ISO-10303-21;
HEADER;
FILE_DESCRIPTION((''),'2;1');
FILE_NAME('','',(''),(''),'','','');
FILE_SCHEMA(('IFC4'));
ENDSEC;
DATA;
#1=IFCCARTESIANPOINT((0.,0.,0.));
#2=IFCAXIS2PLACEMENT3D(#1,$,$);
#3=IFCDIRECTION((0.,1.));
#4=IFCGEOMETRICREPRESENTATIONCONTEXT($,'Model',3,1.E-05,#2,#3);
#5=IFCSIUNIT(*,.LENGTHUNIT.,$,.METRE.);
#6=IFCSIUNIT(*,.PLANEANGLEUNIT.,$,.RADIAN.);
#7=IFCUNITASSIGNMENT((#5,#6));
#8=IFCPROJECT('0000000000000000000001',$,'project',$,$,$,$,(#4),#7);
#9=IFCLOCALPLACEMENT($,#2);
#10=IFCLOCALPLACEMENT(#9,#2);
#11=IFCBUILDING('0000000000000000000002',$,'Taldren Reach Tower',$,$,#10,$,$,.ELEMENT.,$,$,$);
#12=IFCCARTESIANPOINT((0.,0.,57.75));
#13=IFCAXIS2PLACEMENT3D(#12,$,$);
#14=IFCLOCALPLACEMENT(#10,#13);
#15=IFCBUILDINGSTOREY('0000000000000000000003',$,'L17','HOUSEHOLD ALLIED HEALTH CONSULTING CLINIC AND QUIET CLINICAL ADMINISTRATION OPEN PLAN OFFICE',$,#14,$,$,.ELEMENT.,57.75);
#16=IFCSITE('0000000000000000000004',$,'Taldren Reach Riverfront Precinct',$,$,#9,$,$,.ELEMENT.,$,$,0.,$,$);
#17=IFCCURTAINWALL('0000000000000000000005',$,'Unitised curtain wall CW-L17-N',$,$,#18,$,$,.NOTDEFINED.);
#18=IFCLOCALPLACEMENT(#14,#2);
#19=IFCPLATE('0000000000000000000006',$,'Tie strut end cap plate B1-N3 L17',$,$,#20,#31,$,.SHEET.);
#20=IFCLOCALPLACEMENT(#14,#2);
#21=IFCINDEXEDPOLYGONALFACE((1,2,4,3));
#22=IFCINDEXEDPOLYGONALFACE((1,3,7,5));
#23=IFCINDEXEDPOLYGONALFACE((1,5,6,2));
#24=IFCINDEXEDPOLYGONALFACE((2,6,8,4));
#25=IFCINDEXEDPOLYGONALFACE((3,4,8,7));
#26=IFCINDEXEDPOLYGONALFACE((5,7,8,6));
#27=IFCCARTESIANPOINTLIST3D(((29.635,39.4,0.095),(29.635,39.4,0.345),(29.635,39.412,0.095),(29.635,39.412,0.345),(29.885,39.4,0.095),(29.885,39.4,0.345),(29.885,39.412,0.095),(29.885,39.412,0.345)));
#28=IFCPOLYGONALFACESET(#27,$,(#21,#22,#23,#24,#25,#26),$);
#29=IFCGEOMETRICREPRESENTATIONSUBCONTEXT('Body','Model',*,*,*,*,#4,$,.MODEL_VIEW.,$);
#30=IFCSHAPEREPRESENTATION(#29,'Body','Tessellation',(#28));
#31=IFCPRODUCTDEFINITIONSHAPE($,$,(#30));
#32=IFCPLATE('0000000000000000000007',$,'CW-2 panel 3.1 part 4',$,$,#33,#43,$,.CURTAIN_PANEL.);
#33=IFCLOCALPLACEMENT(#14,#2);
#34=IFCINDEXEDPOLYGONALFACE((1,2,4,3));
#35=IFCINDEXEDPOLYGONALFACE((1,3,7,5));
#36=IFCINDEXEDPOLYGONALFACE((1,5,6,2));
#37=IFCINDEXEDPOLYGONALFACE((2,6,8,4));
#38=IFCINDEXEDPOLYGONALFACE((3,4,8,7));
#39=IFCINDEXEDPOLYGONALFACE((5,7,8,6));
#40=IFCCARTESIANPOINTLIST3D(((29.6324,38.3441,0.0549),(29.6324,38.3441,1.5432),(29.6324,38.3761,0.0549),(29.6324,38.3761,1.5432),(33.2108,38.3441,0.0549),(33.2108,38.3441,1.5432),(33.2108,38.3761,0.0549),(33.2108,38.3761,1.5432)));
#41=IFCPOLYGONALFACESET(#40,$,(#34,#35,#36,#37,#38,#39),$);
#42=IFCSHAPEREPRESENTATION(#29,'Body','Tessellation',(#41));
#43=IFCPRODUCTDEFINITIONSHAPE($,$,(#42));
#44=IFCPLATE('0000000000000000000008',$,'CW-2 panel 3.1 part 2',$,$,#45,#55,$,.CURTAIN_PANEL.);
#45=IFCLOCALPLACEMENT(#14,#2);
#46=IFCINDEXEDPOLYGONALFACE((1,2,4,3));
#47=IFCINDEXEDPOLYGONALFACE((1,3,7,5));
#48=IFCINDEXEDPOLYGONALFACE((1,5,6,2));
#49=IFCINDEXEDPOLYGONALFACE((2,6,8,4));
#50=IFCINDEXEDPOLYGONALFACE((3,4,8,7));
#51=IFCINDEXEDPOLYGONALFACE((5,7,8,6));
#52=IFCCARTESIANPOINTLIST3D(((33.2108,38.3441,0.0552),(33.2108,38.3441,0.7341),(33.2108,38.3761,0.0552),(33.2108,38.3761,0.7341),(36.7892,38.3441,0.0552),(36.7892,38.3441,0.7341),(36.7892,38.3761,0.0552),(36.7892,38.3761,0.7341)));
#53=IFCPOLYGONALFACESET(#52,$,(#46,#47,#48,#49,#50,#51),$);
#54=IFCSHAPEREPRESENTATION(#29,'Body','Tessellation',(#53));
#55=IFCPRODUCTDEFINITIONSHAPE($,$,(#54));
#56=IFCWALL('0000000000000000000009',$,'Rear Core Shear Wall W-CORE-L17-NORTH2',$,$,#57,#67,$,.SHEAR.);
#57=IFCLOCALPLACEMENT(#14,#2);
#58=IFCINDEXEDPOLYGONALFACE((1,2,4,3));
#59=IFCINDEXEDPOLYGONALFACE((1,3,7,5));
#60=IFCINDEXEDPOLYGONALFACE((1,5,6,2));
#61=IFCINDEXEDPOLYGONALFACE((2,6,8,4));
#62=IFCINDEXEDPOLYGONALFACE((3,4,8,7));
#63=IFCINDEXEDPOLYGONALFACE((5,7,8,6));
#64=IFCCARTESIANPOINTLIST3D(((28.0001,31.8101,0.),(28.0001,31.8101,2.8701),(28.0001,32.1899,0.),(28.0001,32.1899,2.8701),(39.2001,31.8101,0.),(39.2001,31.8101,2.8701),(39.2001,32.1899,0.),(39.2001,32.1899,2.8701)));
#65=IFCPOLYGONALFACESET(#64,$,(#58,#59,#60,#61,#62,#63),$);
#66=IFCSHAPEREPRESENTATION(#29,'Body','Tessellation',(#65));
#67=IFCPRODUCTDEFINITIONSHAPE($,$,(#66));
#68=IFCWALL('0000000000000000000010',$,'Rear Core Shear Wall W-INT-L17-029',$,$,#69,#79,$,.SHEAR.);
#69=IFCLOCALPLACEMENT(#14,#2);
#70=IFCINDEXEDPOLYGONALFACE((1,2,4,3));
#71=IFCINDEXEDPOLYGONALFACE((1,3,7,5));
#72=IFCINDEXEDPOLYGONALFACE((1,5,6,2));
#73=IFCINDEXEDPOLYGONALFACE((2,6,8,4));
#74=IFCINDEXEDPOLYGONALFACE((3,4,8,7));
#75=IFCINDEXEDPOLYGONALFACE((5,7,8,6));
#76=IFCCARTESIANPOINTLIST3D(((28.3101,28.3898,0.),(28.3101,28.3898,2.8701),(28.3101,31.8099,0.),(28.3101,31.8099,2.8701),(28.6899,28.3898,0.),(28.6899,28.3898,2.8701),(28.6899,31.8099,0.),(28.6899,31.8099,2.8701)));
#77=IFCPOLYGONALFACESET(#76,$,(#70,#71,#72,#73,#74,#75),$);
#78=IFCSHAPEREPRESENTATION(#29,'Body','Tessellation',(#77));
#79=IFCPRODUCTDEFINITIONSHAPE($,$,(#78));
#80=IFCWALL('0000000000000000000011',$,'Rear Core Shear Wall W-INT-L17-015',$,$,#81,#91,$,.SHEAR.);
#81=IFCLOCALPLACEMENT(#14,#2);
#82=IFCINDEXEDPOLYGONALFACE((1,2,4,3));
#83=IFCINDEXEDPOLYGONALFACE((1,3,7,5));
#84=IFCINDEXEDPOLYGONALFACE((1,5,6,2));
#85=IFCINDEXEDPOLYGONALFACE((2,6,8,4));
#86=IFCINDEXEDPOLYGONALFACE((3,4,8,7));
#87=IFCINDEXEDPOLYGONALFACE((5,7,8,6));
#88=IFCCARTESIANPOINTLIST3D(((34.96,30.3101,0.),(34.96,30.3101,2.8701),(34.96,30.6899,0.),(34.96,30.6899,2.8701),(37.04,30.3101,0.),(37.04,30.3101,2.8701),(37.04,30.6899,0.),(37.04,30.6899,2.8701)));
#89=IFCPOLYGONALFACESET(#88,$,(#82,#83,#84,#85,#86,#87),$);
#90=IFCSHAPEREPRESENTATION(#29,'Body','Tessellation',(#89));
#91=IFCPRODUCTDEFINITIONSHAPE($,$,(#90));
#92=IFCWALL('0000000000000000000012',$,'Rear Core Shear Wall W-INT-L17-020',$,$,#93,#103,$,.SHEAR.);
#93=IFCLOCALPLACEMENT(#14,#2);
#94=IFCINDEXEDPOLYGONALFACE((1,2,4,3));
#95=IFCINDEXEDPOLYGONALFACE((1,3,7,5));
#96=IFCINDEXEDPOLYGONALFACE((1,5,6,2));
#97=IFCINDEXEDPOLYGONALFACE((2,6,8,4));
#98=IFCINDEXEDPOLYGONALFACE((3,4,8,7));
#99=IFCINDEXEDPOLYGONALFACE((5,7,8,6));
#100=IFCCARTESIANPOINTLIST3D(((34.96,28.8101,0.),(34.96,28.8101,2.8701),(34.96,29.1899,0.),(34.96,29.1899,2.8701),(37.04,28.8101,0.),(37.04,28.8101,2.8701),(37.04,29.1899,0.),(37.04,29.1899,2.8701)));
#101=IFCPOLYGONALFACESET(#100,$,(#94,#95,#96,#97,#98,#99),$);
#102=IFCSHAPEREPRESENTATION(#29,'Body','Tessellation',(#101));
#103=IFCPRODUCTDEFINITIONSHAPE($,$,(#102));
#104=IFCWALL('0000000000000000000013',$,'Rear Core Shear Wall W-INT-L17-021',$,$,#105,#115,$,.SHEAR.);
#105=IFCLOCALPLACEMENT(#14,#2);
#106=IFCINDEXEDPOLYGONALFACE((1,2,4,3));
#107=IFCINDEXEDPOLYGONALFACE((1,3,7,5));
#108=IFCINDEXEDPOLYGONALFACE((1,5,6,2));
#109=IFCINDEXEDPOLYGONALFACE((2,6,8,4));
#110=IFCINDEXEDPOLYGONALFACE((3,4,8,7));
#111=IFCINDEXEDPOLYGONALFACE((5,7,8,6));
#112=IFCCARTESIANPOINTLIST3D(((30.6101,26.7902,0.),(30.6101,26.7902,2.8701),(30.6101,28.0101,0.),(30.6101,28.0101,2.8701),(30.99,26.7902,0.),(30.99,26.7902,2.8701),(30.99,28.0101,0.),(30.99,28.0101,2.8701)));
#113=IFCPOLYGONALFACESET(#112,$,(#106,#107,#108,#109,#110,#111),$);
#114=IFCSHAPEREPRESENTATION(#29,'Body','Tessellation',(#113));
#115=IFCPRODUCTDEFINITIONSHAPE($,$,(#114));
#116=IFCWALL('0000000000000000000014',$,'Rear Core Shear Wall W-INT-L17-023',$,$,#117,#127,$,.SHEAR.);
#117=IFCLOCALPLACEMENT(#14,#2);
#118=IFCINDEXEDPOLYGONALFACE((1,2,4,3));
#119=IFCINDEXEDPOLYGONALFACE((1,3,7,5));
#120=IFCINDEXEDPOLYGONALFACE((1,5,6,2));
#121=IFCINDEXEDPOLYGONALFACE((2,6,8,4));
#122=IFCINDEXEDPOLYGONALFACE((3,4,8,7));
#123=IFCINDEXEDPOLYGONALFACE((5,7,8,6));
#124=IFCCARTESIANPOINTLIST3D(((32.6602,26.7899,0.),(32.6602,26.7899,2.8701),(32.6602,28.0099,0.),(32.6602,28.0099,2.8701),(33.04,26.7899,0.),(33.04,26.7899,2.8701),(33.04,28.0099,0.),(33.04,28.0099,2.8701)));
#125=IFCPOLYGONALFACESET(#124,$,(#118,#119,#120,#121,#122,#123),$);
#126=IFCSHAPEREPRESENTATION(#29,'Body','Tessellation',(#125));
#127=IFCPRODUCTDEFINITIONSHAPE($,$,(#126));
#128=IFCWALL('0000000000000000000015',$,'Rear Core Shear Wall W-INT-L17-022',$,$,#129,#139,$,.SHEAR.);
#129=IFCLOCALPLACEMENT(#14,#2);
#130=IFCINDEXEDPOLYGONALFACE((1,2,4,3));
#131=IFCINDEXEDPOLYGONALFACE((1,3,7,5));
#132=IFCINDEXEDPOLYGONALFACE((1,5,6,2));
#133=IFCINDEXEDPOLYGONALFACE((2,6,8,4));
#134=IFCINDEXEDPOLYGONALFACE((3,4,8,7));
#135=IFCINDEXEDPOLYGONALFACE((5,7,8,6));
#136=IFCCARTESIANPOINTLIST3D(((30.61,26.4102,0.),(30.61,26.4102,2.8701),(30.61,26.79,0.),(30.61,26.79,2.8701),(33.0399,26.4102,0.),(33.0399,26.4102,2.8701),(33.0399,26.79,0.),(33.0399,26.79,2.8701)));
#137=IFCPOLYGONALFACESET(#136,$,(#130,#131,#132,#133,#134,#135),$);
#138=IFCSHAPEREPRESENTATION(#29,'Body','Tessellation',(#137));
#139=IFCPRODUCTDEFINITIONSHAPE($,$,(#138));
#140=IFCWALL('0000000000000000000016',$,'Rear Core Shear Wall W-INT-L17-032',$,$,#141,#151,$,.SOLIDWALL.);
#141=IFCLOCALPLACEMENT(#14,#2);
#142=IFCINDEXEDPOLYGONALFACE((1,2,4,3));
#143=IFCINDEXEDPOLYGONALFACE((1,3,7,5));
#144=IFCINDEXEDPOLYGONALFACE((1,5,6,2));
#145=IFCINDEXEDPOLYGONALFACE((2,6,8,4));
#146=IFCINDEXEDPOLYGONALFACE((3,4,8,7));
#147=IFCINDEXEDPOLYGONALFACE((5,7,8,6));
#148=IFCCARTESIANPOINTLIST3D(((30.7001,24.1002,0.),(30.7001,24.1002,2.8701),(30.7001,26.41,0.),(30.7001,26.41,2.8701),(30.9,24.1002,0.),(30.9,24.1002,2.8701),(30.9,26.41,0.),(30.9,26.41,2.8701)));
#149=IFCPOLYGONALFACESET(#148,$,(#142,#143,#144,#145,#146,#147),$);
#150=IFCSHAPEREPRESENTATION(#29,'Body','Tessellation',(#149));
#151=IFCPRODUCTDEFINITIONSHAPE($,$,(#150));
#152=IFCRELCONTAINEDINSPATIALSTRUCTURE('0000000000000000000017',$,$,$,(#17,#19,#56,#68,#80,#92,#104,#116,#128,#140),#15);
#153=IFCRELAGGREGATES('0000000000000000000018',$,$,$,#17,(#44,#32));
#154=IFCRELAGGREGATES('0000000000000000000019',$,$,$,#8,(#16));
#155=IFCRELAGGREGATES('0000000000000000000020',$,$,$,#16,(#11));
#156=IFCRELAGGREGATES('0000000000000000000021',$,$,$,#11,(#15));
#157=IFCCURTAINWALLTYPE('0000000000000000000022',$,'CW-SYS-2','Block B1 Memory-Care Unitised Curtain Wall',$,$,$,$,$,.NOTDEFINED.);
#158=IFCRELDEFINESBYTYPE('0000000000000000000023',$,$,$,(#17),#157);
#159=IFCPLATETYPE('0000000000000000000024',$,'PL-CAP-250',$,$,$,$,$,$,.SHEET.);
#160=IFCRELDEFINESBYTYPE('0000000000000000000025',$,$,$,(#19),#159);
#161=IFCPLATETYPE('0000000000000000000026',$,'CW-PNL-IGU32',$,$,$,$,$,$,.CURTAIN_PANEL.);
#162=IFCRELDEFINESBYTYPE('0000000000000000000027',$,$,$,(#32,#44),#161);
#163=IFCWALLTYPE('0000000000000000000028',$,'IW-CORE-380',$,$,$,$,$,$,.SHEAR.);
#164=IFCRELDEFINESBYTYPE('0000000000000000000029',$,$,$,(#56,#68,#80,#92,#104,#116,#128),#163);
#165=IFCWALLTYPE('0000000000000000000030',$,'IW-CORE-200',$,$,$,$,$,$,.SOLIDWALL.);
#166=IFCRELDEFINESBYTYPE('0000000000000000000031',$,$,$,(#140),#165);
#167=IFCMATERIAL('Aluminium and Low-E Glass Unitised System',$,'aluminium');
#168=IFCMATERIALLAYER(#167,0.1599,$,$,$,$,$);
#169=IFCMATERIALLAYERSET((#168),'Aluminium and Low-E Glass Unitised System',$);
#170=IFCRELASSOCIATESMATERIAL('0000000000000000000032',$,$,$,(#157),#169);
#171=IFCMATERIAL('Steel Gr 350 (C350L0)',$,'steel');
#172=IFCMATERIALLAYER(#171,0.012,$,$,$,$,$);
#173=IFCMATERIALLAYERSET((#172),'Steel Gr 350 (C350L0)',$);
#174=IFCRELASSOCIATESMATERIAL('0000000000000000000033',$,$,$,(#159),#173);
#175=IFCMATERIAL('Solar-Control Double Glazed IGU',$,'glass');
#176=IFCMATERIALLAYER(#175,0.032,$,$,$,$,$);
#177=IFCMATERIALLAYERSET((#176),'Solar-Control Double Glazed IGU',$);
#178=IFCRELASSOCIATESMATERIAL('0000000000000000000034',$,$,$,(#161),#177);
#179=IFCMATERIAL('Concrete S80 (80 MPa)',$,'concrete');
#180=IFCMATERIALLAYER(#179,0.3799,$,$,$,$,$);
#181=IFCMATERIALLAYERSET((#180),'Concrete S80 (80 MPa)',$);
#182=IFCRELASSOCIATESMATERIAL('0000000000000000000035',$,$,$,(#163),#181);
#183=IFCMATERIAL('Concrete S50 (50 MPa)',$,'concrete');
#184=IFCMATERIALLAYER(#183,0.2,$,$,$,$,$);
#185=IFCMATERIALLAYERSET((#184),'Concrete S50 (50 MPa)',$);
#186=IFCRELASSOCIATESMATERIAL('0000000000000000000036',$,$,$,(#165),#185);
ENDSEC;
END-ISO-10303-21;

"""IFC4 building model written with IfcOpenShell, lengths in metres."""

from ifc_helpers import new_model, si_unit, direction, frame, frame_2d, origin, origin_2d, place, context, subcontext, project, spatial, rectangle, extrude, source, transform, mapped, material, layer, layer_set, type_object, element, aggregate, save


model = new_model("IFC4")

# Units and contexts
model_context = context("Model", 3, precision=1e-05, world=origin(), true_north=direction((0.0, 1.0)))
body_context = subcontext(model_context, "Body", "Model", "MODEL_VIEW")
ifc_project = project(units=[si_unit("LENGTHUNIT", "METRE"), si_unit("PLANEANGLEUNIT", "RADIAN")], contexts=[model_context])

# Site, building, storey
site_placement = place(None, origin())
site = spatial("IfcSite", under=ifc_project, at=site_placement, Name="Taldren Reach Riverfront Precinct", CompositionType="ELEMENT", RefElevation=0.0)
building_placement = place(site_placement, origin())
building = spatial("IfcBuilding", under=site, at=building_placement, Name="Taldren Reach Tower", CompositionType="ELEMENT")
storey_placement = place(building_placement, frame((0.0, 0.0, 57.75)))
storey = spatial("IfcBuildingStorey", under=building, at=storey_placement, Name="L17", Description="HOUSEHOLD ALLIED HEALTH CONSULTING CLINIC AND QUIET CLINICAL ADMINISTRATION OPEN PLAN OFFICE", CompositionType="ELEMENT", Elevation=57.75)

# Shared definitions
ifc_material_1 = material(Name="Steel Gr 350 (C350L0)", Category="steel")

# Curtain wall
ifc_material_2 = material(Name="Aluminium and Low-E Glass Unitised System", Category="aluminium")
ifc_layer_1 = layer(ifc_material_2, 0.1599)
ifc_layer_set_1 = layer_set([ifc_layer_1], Name="Aluminium and Low-E Glass Unitised System")
curtain_wall_type = type_object("IfcCurtainWallType", Name="CW-SYS-2", Description="Block B1 Memory-Care Unitised Curtain Wall", PredefinedType="NOTDEFINED", material=ifc_layer_set_1)
curtain_wall_placement = place(storey_placement, origin())
curtain_wall = element("IfcCurtainWall", 1, at=curtain_wall_placement, inside=storey, type_object=curtain_wall_type, Name="Unitised curtain wall CW-L17-N", PredefinedType="NOTDEFINED")

# Plates
ifc_layer_2 = layer(ifc_material_1, 0.012)
ifc_layer_set_2 = layer_set([ifc_layer_2], Name="Steel Gr 350 (C350L0)")
plate_type_1 = type_object("IfcPlateType", Name="PL-CAP-250", PredefinedType="SHEET", material=ifc_layer_set_2)
shared_shape_1 = source(origin(), body_context, "Body", "SweptSolid", [
    extrude(rectangle(XDim=0.25, YDim=0.012, at=origin_2d()), origin(), (0.0, 0.0, 1.0), 0.25),
])
plate_1_placement = place(storey_placement, frame((29.76, 39.406, 0.095), z_axis=(0.0, 0.0, 1.0), x_axis=(1.0, 0.0, 0.0)))
element("IfcPlate", 2, at=plate_1_placement, inside=storey, type_object=plate_type_1, Name="Tie strut end cap plate B1-N3 L17", PredefinedType="SHEET", context=body_context, shape_type="MappedRepresentation", body=[
    mapped(shared_shape_1, transform((0.0, 0.0, 0.0), scale=1.0)),
])
ifc_material_3 = material(Name="Solar-Control Double Glazed IGU", Category="glass")
ifc_layer_3 = layer(ifc_material_3, 0.032)
ifc_layer_set_3 = layer_set([ifc_layer_3], Name="Solar-Control Double Glazed IGU")
plate_type_2 = type_object("IfcPlateType", Name="CW-PNL-IGU32", PredefinedType="CURTAIN_PANEL", material=ifc_layer_set_3)
shared_shape_2 = source(origin(), body_context, "Body", "SweptSolid", [
    extrude(rectangle(XDim=3.5784, YDim=0.032, at=origin_2d()), origin(), (0.0, 0.0, 1.0), 1.4883),
])
plate_2_placement = place(storey_placement, frame((31.4216, 38.3601, 0.0549), z_axis=(0.0, 0.0, 1.0), x_axis=(-1.0, 0.0, 0.0)))
plate_2 = element("IfcPlate", 3, at=plate_2_placement, type_object=plate_type_2, Name="CW-2 panel 3.1 part 4", PredefinedType="CURTAIN_PANEL", context=body_context, shape_type="MappedRepresentation", body=[
    mapped(shared_shape_2, transform((0.0, 0.0, 0.0), scale=1.0)),
])
shared_shape_3 = source(origin(), body_context, "Body", "SweptSolid", [
    extrude(rectangle(XDim=3.5784, YDim=0.032, at=origin_2d()), origin(), (0.0, 0.0, 1.0), 0.679),
])
plate_3_placement = place(storey_placement, frame((35.0, 38.3601, 0.0552), z_axis=(0.0, 0.0, 1.0), x_axis=(-1.0, 0.0, 0.0)))
plate_3 = element("IfcPlate", 4, at=plate_3_placement, type_object=plate_type_2, Name="CW-2 panel 3.1 part 2", PredefinedType="CURTAIN_PANEL", context=body_context, shape_type="MappedRepresentation", body=[
    mapped(shared_shape_3, transform((0.0, 0.0, 0.0), scale=1.0)),
])
aggregate(curtain_wall, [plate_3, plate_2])

# Walls
ifc_material_4 = material(Name="Concrete S80 (80 MPa)", Category="concrete")
ifc_layer_4 = layer(ifc_material_4, 0.3799)
ifc_layer_set_4 = layer_set([ifc_layer_4], Name="Concrete S80 (80 MPa)")
wall_type_1 = type_object("IfcWallType", Name="IW-CORE-380", PredefinedType="SHEAR", material=ifc_layer_set_4)
shared_shape_4 = source(origin(), body_context, "Body", "SweptSolid", [
    extrude(rectangle(XDim=11.2, YDim=0.3799, at=frame_2d((5.6001, 0.0))), origin(), (0.0, 0.0, 1.0), 2.8701),
])
wall_1_placement = place(storey_placement, frame((28.0, 32.0, 0.0), z_axis=(0.0, 0.0, 1.0), x_axis=(1.0, 0.0, 0.0)))
element("IfcWall", 5, at=wall_1_placement, inside=storey, type_object=wall_type_1, Name="Rear Core Shear Wall W-CORE-L17-NORTH2", PredefinedType="SHEAR", context=body_context, shape_type="MappedRepresentation", body=[
    mapped(shared_shape_4, transform((0.0, 0.0, 0.0), scale=1.0)),
])
shared_shape_5 = source(origin(), body_context, "Body", "SweptSolid", [
    extrude(rectangle(XDim=3.4202, YDim=0.3799, at=frame_2d((1.71, 0.0))), origin(), (0.0, 0.0, 1.0), 2.8701),
])
wall_2_placement = place(storey_placement, frame((28.5, 28.3899, 0.0), z_axis=(0.0, 0.0, 1.0), x_axis=(0.0, 1.0, 0.0)))
element("IfcWall", 6, at=wall_2_placement, inside=storey, type_object=wall_type_1, Name="Rear Core Shear Wall W-INT-L17-029", PredefinedType="SHEAR", context=body_context, shape_type="MappedRepresentation", body=[
    mapped(shared_shape_5, transform((0.0, 0.0, 0.0), scale=1.0)),
])
shared_shape_6 = source(origin(), body_context, "Body", "SweptSolid", [
    extrude(rectangle(XDim=2.0801, YDim=0.3799, at=frame_2d((1.04, 0.0))), origin(), (0.0, 0.0, 1.0), 2.8701),
])
for number, where, z_axis, x_axis, name in (
    (7, (34.96, 30.5, 0.0), (0.0, 0.0, 1.0), (1.0, 0.0, 0.0), "Rear Core Shear Wall W-INT-L17-015"),
    (8, (34.96, 29.0, 0.0), (0.0, 0.0, 1.0), (1.0, 0.0, 0.0), "Rear Core Shear Wall W-INT-L17-020"),
):
    element("IfcWall", number, at=place(storey_placement, frame(where, z_axis=z_axis, x_axis=x_axis)), inside=storey, type_object=wall_type_1, Name=name, PredefinedType="SHEAR", context=body_context, shape_type="MappedRepresentation", body=[
        mapped(shared_shape_6, transform((0.0, 0.0, 0.0), scale=1.0)),
    ])
shared_shape_7 = source(origin(), body_context, "Body", "SweptSolid", [
    extrude(rectangle(XDim=1.22, YDim=0.3799, at=frame_2d((0.6099, 0.0))), origin(), (0.0, 0.0, 1.0), 2.8701),
])
for number, where, z_axis, x_axis, name in (
    (9, (30.8, 28.01, 0.0), (0.0, 0.0, 1.0), (0.0, -1.0, 0.0), "Rear Core Shear Wall W-INT-L17-021"),
    (10, (32.8501, 26.79, 0.0), (0.0, 0.0, 1.0), (0.0, 1.0, 0.0), "Rear Core Shear Wall W-INT-L17-023"),
):
    element("IfcWall", number, at=place(storey_placement, frame(where, z_axis=z_axis, x_axis=x_axis)), inside=storey, type_object=wall_type_1, Name=name, PredefinedType="SHEAR", context=body_context, shape_type="MappedRepresentation", body=[
        mapped(shared_shape_7, transform((0.0, 0.0, 0.0), scale=1.0)),
    ])
shared_shape_8 = source(origin(), body_context, "Body", "SweptSolid", [
    extrude(rectangle(XDim=2.4299, YDim=0.3799, at=frame_2d((1.2148, 0.0))), origin(), (0.0, 0.0, 1.0), 2.8701),
])
wall_3_placement = place(storey_placement, frame((30.6101, 26.6001, 0.0), z_axis=(0.0, 0.0, 1.0), x_axis=(1.0, 0.0, 0.0)))
element("IfcWall", 11, at=wall_3_placement, inside=storey, type_object=wall_type_1, Name="Rear Core Shear Wall W-INT-L17-022", PredefinedType="SHEAR", context=body_context, shape_type="MappedRepresentation", body=[
    mapped(shared_shape_8, transform((0.0, 0.0, 0.0), scale=1.0)),
])

# Wall
ifc_material_5 = material(Name="Concrete S50 (50 MPa)", Category="concrete")
ifc_layer_5 = layer(ifc_material_5, 0.2)
ifc_layer_set_5 = layer_set([ifc_layer_5], Name="Concrete S50 (50 MPa)")
wall_type_2 = type_object("IfcWallType", Name="IW-CORE-200", PredefinedType="SOLIDWALL", material=ifc_layer_set_5)
shared_shape_9 = source(origin(), body_context, "Body", "SweptSolid", [
    extrude(rectangle(XDim=2.3098, YDim=0.2, at=frame_2d((1.1548, 0.0))), origin(), (0.0, 0.0, 1.0), 2.8701),
])
wall_4_placement = place(storey_placement, frame((30.8, 26.4099, 0.0), z_axis=(0.0, 0.0, 1.0), x_axis=(0.0, -1.0, 0.0)))
element("IfcWall", 12, at=wall_4_placement, inside=storey, type_object=wall_type_2, Name="Rear Core Shear Wall W-INT-L17-032", PredefinedType="SOLIDWALL", context=body_context, shape_type="MappedRepresentation", body=[
    mapped(shared_shape_9, transform((0.0, 0.0, 0.0), scale=1.0)),
])

save(model, "model.ifc")
